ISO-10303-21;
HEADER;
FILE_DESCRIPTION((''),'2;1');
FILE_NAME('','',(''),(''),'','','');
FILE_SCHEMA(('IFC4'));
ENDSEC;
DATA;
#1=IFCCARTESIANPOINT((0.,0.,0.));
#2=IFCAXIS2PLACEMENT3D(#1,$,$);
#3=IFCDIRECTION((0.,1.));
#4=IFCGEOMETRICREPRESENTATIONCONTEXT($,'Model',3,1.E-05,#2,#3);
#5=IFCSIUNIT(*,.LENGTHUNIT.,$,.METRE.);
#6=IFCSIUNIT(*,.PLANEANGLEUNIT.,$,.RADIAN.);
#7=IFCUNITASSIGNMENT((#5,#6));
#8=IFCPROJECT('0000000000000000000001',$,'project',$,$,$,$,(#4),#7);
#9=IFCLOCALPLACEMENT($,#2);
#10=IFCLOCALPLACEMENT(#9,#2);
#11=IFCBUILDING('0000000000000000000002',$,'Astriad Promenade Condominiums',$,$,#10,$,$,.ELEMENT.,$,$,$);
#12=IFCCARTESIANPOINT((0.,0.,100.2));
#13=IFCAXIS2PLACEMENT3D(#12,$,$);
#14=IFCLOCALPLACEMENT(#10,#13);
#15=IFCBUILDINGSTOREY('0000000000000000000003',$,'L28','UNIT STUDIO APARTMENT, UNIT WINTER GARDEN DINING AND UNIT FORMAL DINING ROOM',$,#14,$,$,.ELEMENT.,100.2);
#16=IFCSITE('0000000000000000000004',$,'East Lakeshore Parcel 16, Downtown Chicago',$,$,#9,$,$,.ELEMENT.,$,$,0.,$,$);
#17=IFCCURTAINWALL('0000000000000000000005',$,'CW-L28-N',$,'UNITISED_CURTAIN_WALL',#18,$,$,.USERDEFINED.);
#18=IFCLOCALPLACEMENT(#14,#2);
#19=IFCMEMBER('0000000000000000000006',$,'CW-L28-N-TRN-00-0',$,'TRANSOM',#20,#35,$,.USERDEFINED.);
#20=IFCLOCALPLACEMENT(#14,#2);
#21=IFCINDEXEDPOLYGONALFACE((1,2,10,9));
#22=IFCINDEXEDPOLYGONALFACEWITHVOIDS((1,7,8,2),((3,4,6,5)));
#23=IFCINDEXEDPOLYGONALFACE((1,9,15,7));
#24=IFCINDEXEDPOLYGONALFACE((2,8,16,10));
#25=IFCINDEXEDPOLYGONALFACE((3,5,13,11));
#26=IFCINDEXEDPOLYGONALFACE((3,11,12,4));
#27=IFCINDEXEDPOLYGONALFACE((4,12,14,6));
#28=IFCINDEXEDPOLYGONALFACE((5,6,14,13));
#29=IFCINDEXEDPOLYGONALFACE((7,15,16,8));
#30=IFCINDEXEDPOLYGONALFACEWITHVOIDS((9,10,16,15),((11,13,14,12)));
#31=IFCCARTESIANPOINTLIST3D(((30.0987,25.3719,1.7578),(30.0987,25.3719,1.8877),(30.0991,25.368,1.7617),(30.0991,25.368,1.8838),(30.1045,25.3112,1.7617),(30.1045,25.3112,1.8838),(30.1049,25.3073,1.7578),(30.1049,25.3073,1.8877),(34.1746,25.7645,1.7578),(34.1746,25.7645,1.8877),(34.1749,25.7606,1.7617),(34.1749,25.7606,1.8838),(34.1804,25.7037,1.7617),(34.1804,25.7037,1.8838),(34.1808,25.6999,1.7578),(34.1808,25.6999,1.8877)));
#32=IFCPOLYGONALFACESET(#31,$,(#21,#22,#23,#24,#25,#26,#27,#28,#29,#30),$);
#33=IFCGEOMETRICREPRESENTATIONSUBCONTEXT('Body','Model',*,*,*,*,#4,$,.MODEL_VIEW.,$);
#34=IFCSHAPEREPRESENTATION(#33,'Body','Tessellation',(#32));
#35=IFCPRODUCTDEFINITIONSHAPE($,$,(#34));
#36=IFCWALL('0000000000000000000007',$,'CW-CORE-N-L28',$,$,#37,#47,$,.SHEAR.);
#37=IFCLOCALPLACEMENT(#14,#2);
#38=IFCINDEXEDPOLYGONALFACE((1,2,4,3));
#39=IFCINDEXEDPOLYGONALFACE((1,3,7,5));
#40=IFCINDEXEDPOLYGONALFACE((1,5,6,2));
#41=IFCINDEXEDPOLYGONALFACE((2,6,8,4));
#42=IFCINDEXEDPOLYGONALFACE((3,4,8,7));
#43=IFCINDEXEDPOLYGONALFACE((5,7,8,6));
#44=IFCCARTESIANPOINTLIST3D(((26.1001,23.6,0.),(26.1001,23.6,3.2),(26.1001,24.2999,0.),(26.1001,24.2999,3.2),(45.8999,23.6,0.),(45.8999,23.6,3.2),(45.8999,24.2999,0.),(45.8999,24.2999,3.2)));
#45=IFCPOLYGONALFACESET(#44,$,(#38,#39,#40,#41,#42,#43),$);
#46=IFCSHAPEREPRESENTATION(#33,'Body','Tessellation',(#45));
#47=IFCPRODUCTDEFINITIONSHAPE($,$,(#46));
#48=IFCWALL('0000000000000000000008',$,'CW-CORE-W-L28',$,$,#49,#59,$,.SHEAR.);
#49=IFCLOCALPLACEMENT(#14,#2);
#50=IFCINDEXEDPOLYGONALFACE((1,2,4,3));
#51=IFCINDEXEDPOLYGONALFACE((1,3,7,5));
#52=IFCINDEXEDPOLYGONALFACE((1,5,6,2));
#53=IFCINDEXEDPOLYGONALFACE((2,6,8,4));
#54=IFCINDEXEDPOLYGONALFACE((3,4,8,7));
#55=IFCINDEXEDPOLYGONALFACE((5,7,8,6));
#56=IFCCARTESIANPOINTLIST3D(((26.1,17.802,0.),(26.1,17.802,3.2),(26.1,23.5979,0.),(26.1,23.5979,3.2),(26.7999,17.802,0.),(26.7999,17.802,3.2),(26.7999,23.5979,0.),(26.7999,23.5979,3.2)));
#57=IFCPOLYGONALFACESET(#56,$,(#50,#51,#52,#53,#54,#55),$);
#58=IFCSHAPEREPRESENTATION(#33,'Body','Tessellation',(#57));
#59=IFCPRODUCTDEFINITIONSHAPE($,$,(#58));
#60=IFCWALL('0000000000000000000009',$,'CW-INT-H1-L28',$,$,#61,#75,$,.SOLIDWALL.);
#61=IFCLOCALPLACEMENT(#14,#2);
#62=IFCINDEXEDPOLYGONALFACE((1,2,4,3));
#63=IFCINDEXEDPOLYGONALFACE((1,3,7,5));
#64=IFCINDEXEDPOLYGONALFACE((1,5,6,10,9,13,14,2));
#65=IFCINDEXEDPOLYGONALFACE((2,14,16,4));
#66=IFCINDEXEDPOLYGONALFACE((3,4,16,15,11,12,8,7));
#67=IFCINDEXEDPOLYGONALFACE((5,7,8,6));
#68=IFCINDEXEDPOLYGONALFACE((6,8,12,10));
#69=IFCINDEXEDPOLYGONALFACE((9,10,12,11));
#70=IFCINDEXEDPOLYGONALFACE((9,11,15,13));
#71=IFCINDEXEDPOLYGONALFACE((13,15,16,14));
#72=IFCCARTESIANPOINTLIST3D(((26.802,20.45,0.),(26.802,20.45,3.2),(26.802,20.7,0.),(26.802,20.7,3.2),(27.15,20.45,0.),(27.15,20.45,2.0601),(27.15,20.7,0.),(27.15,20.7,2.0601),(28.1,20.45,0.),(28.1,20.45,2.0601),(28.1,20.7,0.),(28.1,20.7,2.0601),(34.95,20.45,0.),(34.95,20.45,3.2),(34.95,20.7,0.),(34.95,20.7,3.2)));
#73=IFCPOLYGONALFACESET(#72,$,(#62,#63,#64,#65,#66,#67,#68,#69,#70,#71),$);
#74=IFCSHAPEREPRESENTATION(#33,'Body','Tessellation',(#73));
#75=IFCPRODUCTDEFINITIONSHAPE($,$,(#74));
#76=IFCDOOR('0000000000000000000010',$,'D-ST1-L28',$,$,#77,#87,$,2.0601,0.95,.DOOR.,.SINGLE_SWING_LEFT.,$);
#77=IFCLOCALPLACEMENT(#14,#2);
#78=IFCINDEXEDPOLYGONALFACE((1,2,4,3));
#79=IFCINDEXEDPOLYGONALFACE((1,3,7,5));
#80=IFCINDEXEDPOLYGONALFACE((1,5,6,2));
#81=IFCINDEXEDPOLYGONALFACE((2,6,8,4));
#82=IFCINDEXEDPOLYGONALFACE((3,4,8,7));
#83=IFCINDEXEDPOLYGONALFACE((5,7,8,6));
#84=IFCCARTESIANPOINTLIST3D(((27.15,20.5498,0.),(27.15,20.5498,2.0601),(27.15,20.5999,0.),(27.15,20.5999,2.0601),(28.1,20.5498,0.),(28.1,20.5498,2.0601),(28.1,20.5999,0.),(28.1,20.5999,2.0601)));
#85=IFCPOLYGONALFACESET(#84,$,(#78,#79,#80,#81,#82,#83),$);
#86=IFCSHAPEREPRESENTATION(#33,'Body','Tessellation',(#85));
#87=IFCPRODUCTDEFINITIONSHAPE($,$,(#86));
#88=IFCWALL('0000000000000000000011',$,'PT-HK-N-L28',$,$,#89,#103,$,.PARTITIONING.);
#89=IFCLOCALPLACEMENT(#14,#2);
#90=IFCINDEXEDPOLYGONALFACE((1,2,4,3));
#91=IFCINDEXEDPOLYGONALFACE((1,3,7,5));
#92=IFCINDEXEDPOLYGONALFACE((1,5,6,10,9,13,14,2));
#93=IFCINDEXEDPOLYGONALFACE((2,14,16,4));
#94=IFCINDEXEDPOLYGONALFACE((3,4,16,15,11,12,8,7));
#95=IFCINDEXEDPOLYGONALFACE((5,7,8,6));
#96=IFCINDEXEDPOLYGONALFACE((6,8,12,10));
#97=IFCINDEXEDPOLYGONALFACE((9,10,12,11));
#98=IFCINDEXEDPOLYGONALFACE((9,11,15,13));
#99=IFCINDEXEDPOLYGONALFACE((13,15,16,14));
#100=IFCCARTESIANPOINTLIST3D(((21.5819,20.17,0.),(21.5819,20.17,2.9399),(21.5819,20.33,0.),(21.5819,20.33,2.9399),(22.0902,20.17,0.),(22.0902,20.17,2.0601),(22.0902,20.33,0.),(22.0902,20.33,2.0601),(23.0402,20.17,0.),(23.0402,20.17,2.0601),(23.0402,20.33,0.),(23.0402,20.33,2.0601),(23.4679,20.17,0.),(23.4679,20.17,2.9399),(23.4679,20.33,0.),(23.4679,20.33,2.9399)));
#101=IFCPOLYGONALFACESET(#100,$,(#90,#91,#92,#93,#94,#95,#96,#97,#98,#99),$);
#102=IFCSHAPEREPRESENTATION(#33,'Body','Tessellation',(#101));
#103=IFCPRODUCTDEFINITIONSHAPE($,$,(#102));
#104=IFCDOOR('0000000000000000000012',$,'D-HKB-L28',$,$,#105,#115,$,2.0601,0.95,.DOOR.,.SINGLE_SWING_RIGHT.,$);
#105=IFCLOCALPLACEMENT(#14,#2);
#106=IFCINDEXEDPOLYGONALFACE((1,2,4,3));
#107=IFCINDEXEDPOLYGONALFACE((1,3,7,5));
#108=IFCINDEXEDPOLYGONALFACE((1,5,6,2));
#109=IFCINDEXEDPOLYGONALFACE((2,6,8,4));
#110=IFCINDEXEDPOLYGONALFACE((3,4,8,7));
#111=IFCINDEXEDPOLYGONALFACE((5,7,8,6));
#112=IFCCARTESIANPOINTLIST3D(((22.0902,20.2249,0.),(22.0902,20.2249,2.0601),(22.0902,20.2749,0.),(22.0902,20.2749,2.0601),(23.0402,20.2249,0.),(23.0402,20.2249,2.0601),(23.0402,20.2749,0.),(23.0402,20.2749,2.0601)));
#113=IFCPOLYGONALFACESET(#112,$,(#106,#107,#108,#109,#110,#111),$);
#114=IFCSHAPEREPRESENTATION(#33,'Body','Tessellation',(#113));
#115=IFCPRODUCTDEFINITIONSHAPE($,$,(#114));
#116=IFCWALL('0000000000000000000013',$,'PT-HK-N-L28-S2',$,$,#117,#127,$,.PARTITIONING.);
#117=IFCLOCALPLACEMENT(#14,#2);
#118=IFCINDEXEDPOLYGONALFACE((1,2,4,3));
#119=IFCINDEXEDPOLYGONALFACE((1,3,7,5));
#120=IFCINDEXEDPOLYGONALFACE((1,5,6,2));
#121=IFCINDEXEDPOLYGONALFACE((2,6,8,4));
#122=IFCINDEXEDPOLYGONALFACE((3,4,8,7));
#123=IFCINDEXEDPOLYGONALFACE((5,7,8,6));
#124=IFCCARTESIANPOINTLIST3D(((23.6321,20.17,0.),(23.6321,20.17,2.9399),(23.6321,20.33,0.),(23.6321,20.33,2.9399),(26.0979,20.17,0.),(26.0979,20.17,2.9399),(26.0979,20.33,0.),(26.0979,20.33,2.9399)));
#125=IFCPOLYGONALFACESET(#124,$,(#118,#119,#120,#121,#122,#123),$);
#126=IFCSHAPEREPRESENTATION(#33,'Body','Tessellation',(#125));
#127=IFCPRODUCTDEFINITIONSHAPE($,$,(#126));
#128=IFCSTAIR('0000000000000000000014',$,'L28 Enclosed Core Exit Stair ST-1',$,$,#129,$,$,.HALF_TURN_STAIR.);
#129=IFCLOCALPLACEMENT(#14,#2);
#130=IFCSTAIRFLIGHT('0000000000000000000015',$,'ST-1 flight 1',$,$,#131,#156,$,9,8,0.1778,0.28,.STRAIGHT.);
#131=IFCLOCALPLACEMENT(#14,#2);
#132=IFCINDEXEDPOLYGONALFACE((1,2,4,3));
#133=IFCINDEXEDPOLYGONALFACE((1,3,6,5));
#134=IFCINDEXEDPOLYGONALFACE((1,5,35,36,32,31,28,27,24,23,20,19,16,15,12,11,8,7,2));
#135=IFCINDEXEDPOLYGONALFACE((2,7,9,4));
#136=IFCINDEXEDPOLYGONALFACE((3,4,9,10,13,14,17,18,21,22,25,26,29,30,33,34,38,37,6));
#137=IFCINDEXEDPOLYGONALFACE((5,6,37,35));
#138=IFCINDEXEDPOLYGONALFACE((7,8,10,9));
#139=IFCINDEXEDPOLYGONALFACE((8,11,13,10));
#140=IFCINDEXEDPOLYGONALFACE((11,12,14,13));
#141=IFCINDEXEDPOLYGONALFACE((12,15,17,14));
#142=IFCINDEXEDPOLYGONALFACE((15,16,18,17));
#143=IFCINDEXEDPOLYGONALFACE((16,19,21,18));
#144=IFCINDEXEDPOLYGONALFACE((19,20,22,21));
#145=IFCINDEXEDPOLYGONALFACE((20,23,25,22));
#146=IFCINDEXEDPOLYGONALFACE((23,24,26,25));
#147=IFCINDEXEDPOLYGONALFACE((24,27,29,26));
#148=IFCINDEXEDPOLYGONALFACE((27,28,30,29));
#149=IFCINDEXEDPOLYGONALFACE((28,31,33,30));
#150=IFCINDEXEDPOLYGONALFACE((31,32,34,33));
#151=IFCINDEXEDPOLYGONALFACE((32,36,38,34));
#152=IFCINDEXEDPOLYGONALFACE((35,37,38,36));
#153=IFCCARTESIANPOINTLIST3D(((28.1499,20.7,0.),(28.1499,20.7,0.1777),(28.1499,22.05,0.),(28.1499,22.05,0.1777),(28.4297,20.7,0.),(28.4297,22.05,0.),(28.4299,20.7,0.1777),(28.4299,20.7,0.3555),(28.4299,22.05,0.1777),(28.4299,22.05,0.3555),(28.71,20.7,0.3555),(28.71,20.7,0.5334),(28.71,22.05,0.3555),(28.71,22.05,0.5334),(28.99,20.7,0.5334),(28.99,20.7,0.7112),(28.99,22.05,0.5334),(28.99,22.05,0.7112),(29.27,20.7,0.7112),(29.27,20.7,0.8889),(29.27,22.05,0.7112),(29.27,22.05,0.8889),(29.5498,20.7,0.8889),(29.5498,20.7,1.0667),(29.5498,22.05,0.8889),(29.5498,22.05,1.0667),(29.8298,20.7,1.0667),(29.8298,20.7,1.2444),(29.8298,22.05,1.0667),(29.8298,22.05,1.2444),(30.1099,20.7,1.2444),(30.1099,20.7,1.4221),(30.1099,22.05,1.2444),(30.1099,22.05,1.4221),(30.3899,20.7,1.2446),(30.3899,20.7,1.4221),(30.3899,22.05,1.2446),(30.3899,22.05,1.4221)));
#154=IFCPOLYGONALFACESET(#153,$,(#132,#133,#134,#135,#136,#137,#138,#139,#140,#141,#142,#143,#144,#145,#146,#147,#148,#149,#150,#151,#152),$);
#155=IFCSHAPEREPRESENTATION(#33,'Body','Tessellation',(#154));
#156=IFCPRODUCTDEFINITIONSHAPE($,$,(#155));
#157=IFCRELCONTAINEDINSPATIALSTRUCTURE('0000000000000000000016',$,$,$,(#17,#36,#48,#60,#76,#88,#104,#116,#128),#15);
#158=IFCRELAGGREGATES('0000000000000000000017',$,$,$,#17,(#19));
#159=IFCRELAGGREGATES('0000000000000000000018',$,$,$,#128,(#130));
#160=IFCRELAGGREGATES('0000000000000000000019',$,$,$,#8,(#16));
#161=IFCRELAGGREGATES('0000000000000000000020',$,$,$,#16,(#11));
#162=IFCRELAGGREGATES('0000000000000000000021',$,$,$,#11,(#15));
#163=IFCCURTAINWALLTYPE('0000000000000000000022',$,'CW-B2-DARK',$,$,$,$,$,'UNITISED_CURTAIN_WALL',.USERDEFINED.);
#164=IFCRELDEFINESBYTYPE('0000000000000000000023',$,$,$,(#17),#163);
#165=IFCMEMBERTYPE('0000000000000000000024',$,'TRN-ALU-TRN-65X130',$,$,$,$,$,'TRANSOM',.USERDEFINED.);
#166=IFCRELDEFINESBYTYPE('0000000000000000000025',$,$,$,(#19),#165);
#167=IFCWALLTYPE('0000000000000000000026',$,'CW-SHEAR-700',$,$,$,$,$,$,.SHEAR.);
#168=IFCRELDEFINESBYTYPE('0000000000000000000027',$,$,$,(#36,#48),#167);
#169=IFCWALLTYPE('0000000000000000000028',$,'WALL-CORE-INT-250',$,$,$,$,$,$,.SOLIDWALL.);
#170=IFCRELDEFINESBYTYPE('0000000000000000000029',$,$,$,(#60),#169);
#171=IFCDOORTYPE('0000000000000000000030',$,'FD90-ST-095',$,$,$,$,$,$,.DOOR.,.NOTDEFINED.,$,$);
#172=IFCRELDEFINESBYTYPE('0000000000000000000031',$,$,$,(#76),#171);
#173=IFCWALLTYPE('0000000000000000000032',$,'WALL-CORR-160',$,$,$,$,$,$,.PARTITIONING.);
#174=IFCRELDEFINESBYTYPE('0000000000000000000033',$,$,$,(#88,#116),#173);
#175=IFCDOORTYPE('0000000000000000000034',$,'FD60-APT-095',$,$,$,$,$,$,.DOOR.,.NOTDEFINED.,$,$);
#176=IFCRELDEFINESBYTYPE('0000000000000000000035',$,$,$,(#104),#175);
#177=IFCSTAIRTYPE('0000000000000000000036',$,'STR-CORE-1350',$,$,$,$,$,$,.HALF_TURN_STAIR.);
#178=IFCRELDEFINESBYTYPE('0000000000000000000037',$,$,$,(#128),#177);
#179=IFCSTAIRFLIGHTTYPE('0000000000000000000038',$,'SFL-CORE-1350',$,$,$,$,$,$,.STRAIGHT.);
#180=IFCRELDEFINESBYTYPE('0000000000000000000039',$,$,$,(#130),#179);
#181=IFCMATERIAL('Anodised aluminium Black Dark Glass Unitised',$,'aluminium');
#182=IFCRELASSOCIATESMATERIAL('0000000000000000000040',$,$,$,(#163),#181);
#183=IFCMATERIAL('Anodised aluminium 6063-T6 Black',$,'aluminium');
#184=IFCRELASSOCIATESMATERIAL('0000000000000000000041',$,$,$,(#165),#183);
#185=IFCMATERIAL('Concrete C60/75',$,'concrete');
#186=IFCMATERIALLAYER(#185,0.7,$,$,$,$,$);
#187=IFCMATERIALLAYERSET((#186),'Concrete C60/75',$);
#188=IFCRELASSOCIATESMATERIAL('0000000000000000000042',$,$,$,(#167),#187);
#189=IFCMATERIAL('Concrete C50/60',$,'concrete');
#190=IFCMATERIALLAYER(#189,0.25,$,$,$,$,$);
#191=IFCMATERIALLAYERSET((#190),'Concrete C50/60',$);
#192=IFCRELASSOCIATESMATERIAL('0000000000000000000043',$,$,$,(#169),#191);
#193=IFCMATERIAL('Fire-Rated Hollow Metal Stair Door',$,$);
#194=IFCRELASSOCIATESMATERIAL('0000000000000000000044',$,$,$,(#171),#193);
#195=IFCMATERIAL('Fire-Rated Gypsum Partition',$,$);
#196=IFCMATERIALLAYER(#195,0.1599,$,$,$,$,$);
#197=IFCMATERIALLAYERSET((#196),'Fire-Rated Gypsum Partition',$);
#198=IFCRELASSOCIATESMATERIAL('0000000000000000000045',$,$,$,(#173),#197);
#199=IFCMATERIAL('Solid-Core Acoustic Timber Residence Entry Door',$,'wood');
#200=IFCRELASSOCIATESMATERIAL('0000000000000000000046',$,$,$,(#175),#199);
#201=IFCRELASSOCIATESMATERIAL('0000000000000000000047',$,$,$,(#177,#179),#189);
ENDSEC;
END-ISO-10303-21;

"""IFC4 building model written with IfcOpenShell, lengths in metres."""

from ifc_helpers import new_model, si_unit, direction, frame, frame_2d, origin, origin_2d, place, context, subcontext, project, spatial, polyline, rectangle, hollow_rectangle, outline, extrude, source, transform, mapped, material, layer, layer_set, material_profile, profile_set, type_object, type_shapes, element, fill, aggregate, save


model = new_model("IFC4")

# Units and contexts
model_context = context("Model", 3, precision=1e-05, world=origin(), true_north=direction((0.0, 1.0)))
body_context = subcontext(model_context, "Body", "Model", "MODEL_VIEW")
ifc_project = project(units=[si_unit("LENGTHUNIT", "METRE"), si_unit("PLANEANGLEUNIT", "RADIAN")], contexts=[model_context])

# Site, building, storey
site_placement = place(None, origin())
site = spatial("IfcSite", under=ifc_project, at=site_placement, Name="East Lakeshore Parcel 16, Downtown Chicago", CompositionType="ELEMENT", RefElevation=0.0)
building_placement = place(site_placement, origin())
building = spatial("IfcBuilding", under=site, at=building_placement, Name="Astriad Promenade Condominiums", CompositionType="ELEMENT")
storey_placement = place(building_placement, frame((0.0, 0.0, 100.2)))
storey = spatial("IfcBuildingStorey", under=building, at=storey_placement, Name="L28", Description="UNIT STUDIO APARTMENT, UNIT WINTER GARDEN DINING AND UNIT FORMAL DINING ROOM", CompositionType="ELEMENT", Elevation=100.2)

# Shared definitions
ifc_material_1 = material(Name="Concrete C60/75", Category="concrete")

# Curtain wall, member
ifc_material_2 = material(Name="Anodised aluminium Black Dark Glass Unitised", Category="aluminium")
curtain_wall_type = type_object("IfcCurtainWallType", Name="CW-B2-DARK", ElementType="UNITISED_CURTAIN_WALL", PredefinedType="USERDEFINED", material=ifc_material_2)
curtain_wall_placement = place(storey_placement, origin())
curtain_wall = element("IfcCurtainWall", 1, at=curtain_wall_placement, inside=storey, type_object=curtain_wall_type, Name="CW-L28-N", ObjectType="UNITISED_CURTAIN_WALL", PredefinedType="USERDEFINED")
ifc_material_3 = material(Name="Anodised aluminium 6063-T6 Black", Category="aluminium")
ifc_material_profile_1 = material_profile(ifc_material_3, hollow_rectangle(XDim=0.0649, YDim=0.1299, WallThickness=0.0039, at=origin_2d()), Name="ALU-TRN-65X130")
ifc_profile_set_1 = profile_set([ifc_material_profile_1], Name="Anodised aluminium 6063-T6 Black")
member_type_1 = type_object("IfcMemberType", Name="TRN-ALU-TRN-65X130", ElementType="TRANSOM", PredefinedType="USERDEFINED", material=ifc_profile_set_1)
shared_shape_1 = source(origin(), body_context, "Body", "SweptSolid", [
    extrude(hollow_rectangle(XDim=0.0649, YDim=0.1299, WallThickness=0.0039, at=origin_2d()), origin(), (0.0, 0.0, 1.0), 4.0947),
])
type_shapes(member_type_1, [shared_shape_1])
member_1_placement = place(storey_placement, frame((30.1018, 25.3396, 1.8228), z_axis=(0.995394, 0.095873, 0.0), x_axis=(-0.095873, 0.995394, 0.0)))
member_1 = element("IfcMember", 2, at=member_1_placement, type_object=member_type_1, Name="CW-L28-N-TRN-00-0", ObjectType="TRANSOM", PredefinedType="USERDEFINED", context=body_context, shape_type="MappedRepresentation", body=[
    mapped(shared_shape_1, transform((0.0, 0.0, 0.0), scale=1.0)),
])
aggregate(curtain_wall, [member_1])

# Walls
ifc_layer_1 = layer(ifc_material_1, 0.7)
ifc_layer_set_1 = layer_set([ifc_layer_1], Name="Concrete C60/75")
wall_type_1 = type_object("IfcWallType", Name="CW-SHEAR-700", PredefinedType="SHEAR", material=ifc_layer_set_1)
wall_1_placement = place(storey_placement, frame((26.1001, 23.95, 0.0), z_axis=(0.0, 0.0, 1.0), x_axis=(1.0, 0.0, 0.0)))
element("IfcWall", 3, at=wall_1_placement, inside=storey, type_object=wall_type_1, Name="CW-CORE-N-L28", PredefinedType="SHEAR", context=body_context, shape_type="SweptSolid", body=[
    extrude(rectangle(XDim=19.7998, YDim=0.7, at=frame_2d((9.8999, 0.0))), origin(), (0.0, 0.0, 1.0), 3.2),
])
wall_2_placement = place(storey_placement, frame((26.45, 17.802, 0.0), z_axis=(0.0, 0.0, 1.0), x_axis=(0.0, 1.0, 0.0)))
element("IfcWall", 4, at=wall_2_placement, inside=storey, type_object=wall_type_1, Name="CW-CORE-W-L28", PredefinedType="SHEAR", context=body_context, shape_type="SweptSolid", body=[
    extrude(rectangle(XDim=5.7959, YDim=0.7, at=frame_2d((2.8979, 0.0))), origin(), (0.0, 0.0, 1.0), 3.2),
])

# Walls, openings, doors
ifc_material_4 = material(Name="Concrete C50/60", Category="concrete")
ifc_layer_2 = layer(ifc_material_4, 0.25)
ifc_layer_set_2 = layer_set([ifc_layer_2], Name="Concrete C50/60")
wall_type_2 = type_object("IfcWallType", Name="WALL-CORE-INT-250", PredefinedType="SOLIDWALL", material=ifc_layer_set_2)
wall_3_placement = place(storey_placement, frame((26.802, 20.575, 0.0), z_axis=(0.0, 0.0, 1.0), x_axis=(1.0, 0.0, 0.0)))
wall_3 = element("IfcWall", 5, at=wall_3_placement, inside=storey, type_object=wall_type_2, Name="CW-INT-H1-L28", PredefinedType="SOLIDWALL", context=body_context, shape_type="SweptSolid", body=[
    extrude(rectangle(XDim=8.1479, YDim=0.25, at=frame_2d((4.074, 0.0))), origin(), (0.0, 0.0, 1.0), 3.2),
])
opening_1_placement = place(wall_3_placement, frame((0.3479, 0.0, 0.0)))
opening_1 = element("IfcOpeningElement", 6, at=opening_1_placement, cuts=wall_3, PredefinedType="OPENING", context=body_context, shape_type="SweptSolid", body=[
    extrude(rectangle(XDim=0.95, YDim=2.0601, at=frame_2d((0.4751, 1.03))), frame((0.0, 0.135, 0.0), z_axis=(0.0, -1.0, 0.0), x_axis=(1.0, 0.0, 0.0)), (0.0, 0.0, 1.0), 0.27),
])
ifc_material_5 = material(Name="Fire-Rated Hollow Metal Stair Door")
door_type_1 = type_object("IfcDoorType", Name="FD90-ST-095", OperationType="NOTDEFINED", PredefinedType="DOOR", material=ifc_material_5)
shared_shape_2 = source(origin(), body_context, "Body", "SweptSolid", [
    extrude(rectangle(XDim=0.95, YDim=2.0601, at=frame_2d((0.4751, 1.03))), frame((0.0, 0.0249, 0.0), z_axis=(0.0, -1.0, 0.0), x_axis=(1.0, 0.0, 0.0)), (0.0, 0.0, 1.0), 0.05),
])
type_shapes(door_type_1, [shared_shape_2])
door_1_placement = place(opening_1_placement, origin())
door_1 = element("IfcDoor", 7, at=door_1_placement, inside=storey, type_object=door_type_1, Name="D-ST1-L28", OperationType="SINGLE_SWING_LEFT", OverallHeight=2.0601, OverallWidth=0.95, PredefinedType="DOOR", context=body_context, shape_type="MappedRepresentation", body=[
    mapped(shared_shape_2, transform((0.0, 0.0, 0.0), scale=1.0)),
])
fill(opening_1, door_1)
ifc_material_6 = material(Name="Fire-Rated Gypsum Partition")
ifc_layer_3 = layer(ifc_material_6, 0.1599)
ifc_layer_set_3 = layer_set([ifc_layer_3], Name="Fire-Rated Gypsum Partition")
wall_type_3 = type_object("IfcWallType", Name="WALL-CORR-160", PredefinedType="PARTITIONING", material=ifc_layer_set_3)
wall_4_placement = place(storey_placement, frame((21.582, 20.25, 0.0), z_axis=(0.0, 0.0, 1.0), x_axis=(1.0, 0.0, 0.0)))
wall_4 = element("IfcWall", 8, at=wall_4_placement, inside=storey, type_object=wall_type_3, Name="PT-HK-N-L28", PredefinedType="PARTITIONING", context=body_context, shape_type="SweptSolid", body=[
    extrude(rectangle(XDim=1.886, YDim=0.1599, at=frame_2d((0.9429, 0.0))), origin(), (0.0, 0.0, 1.0), 2.9399),
])
opening_2_placement = place(wall_4_placement, frame((0.5081, 0.0, 0.0)))
opening_2 = element("IfcOpeningElement", 9, at=opening_2_placement, cuts=wall_4, PredefinedType="OPENING", context=body_context, shape_type="SweptSolid", body=[
    extrude(rectangle(XDim=0.95, YDim=2.0601, at=frame_2d((0.4751, 1.03))), frame((0.0, 0.0898, 0.0), z_axis=(0.0, -1.0, 0.0), x_axis=(1.0, 0.0, 0.0)), (0.0, 0.0, 1.0), 0.1799),
])
ifc_material_7 = material(Name="Solid-Core Acoustic Timber Residence Entry Door", Category="wood")
door_type_2 = type_object("IfcDoorType", Name="FD60-APT-095", OperationType="NOTDEFINED", PredefinedType="DOOR", material=ifc_material_7)
shared_shape_3 = source(origin(), body_context, "Body", "SweptSolid", [
    extrude(rectangle(XDim=0.95, YDim=2.0601, at=frame_2d((0.4751, 1.03))), frame((0.0, 0.0249, 0.0), z_axis=(0.0, -1.0, 0.0), x_axis=(1.0, 0.0, 0.0)), (0.0, 0.0, 1.0), 0.05),
])
type_shapes(door_type_2, [shared_shape_3])
door_2_placement = place(opening_2_placement, origin())
door_2 = element("IfcDoor", 10, at=door_2_placement, inside=storey, type_object=door_type_2, Name="D-HKB-L28", OperationType="SINGLE_SWING_RIGHT", OverallHeight=2.0601, OverallWidth=0.95, PredefinedType="DOOR", context=body_context, shape_type="MappedRepresentation", body=[
    mapped(shared_shape_3, transform((0.0, 0.0, 0.0), scale=1.0)),
])
fill(opening_2, door_2)

# Wall
wall_5_placement = place(storey_placement, frame((23.6321, 20.25, 0.0), z_axis=(0.0, 0.0, 1.0), x_axis=(1.0, 0.0, 0.0)))
element("IfcWall", 11, at=wall_5_placement, inside=storey, type_object=wall_type_3, Name="PT-HK-N-L28-S2", PredefinedType="PARTITIONING", context=body_context, shape_type="SweptSolid", body=[
    extrude(rectangle(XDim=2.4658, YDim=0.1599, at=frame_2d((1.2329, 0.0))), origin(), (0.0, 0.0, 1.0), 2.9399),
])

# Stair, stair flight
stair_type = type_object("IfcStairType", Name="STR-CORE-1350", PredefinedType="HALF_TURN_STAIR", material=ifc_material_4)
stair_placement = place(storey_placement, origin())
stair = element("IfcStair", 12, at=stair_placement, inside=storey, type_object=stair_type, Name="L28 Enclosed Core Exit Stair ST-1", PredefinedType="HALF_TURN_STAIR")
stair_flight_type = type_object("IfcStairFlightType", Name="SFL-CORE-1350", PredefinedType="STRAIGHT", material=ifc_material_4)
shared_shape_4 = source(origin(), body_context, "Body", "SweptSolid", [
    extrude(outline(polyline([(0.0, 0.0), (0.0, 0.1777), (0.28, 0.1777), (0.28, 0.3555), (0.5601, 0.3555), (0.5601, 0.5334), (0.8401, 0.5334), (0.8401, 0.7112), (1.1201, 0.7112), (1.1201, 0.8889), (1.3999, 0.8889), (1.3999, 1.0667), (1.6799, 1.0667), (1.6799, 1.2444), (1.96, 1.2444), (1.96, 1.4221), (2.24, 1.4221), (2.24, 1.6001), (2.24, 1.2446), (0.2798, 0.0), (0.0, 0.0)])), frame((0.0, 0.675, 0.0), z_axis=(0.0, -1.0, 0.0), x_axis=(1.0, 0.0, 0.0)), (0.0, 0.0, 1.0), 1.3501),
])
type_shapes(stair_flight_type, [shared_shape_4])
stair_flight_placement = place(storey_placement, frame((28.1499, 21.375, 0.0), z_axis=(0.0, 0.0, 1.0), x_axis=(1.0, 0.0, 0.0)))
stair_flight = element("IfcStairFlight", 13, at=stair_flight_placement, type_object=stair_flight_type, Name="ST-1 flight 1", NumberOfRisers=9, NumberOfTreads=8, PredefinedType="STRAIGHT", RiserHeight=0.1778, TreadLength=0.28, context=body_context, shape_type="MappedRepresentation", body=[
    mapped(shared_shape_4, transform((0.0, 0.0, 0.0), scale=1.0)),
])
aggregate(stair, [stair_flight])

save(model, "model.ifc")
